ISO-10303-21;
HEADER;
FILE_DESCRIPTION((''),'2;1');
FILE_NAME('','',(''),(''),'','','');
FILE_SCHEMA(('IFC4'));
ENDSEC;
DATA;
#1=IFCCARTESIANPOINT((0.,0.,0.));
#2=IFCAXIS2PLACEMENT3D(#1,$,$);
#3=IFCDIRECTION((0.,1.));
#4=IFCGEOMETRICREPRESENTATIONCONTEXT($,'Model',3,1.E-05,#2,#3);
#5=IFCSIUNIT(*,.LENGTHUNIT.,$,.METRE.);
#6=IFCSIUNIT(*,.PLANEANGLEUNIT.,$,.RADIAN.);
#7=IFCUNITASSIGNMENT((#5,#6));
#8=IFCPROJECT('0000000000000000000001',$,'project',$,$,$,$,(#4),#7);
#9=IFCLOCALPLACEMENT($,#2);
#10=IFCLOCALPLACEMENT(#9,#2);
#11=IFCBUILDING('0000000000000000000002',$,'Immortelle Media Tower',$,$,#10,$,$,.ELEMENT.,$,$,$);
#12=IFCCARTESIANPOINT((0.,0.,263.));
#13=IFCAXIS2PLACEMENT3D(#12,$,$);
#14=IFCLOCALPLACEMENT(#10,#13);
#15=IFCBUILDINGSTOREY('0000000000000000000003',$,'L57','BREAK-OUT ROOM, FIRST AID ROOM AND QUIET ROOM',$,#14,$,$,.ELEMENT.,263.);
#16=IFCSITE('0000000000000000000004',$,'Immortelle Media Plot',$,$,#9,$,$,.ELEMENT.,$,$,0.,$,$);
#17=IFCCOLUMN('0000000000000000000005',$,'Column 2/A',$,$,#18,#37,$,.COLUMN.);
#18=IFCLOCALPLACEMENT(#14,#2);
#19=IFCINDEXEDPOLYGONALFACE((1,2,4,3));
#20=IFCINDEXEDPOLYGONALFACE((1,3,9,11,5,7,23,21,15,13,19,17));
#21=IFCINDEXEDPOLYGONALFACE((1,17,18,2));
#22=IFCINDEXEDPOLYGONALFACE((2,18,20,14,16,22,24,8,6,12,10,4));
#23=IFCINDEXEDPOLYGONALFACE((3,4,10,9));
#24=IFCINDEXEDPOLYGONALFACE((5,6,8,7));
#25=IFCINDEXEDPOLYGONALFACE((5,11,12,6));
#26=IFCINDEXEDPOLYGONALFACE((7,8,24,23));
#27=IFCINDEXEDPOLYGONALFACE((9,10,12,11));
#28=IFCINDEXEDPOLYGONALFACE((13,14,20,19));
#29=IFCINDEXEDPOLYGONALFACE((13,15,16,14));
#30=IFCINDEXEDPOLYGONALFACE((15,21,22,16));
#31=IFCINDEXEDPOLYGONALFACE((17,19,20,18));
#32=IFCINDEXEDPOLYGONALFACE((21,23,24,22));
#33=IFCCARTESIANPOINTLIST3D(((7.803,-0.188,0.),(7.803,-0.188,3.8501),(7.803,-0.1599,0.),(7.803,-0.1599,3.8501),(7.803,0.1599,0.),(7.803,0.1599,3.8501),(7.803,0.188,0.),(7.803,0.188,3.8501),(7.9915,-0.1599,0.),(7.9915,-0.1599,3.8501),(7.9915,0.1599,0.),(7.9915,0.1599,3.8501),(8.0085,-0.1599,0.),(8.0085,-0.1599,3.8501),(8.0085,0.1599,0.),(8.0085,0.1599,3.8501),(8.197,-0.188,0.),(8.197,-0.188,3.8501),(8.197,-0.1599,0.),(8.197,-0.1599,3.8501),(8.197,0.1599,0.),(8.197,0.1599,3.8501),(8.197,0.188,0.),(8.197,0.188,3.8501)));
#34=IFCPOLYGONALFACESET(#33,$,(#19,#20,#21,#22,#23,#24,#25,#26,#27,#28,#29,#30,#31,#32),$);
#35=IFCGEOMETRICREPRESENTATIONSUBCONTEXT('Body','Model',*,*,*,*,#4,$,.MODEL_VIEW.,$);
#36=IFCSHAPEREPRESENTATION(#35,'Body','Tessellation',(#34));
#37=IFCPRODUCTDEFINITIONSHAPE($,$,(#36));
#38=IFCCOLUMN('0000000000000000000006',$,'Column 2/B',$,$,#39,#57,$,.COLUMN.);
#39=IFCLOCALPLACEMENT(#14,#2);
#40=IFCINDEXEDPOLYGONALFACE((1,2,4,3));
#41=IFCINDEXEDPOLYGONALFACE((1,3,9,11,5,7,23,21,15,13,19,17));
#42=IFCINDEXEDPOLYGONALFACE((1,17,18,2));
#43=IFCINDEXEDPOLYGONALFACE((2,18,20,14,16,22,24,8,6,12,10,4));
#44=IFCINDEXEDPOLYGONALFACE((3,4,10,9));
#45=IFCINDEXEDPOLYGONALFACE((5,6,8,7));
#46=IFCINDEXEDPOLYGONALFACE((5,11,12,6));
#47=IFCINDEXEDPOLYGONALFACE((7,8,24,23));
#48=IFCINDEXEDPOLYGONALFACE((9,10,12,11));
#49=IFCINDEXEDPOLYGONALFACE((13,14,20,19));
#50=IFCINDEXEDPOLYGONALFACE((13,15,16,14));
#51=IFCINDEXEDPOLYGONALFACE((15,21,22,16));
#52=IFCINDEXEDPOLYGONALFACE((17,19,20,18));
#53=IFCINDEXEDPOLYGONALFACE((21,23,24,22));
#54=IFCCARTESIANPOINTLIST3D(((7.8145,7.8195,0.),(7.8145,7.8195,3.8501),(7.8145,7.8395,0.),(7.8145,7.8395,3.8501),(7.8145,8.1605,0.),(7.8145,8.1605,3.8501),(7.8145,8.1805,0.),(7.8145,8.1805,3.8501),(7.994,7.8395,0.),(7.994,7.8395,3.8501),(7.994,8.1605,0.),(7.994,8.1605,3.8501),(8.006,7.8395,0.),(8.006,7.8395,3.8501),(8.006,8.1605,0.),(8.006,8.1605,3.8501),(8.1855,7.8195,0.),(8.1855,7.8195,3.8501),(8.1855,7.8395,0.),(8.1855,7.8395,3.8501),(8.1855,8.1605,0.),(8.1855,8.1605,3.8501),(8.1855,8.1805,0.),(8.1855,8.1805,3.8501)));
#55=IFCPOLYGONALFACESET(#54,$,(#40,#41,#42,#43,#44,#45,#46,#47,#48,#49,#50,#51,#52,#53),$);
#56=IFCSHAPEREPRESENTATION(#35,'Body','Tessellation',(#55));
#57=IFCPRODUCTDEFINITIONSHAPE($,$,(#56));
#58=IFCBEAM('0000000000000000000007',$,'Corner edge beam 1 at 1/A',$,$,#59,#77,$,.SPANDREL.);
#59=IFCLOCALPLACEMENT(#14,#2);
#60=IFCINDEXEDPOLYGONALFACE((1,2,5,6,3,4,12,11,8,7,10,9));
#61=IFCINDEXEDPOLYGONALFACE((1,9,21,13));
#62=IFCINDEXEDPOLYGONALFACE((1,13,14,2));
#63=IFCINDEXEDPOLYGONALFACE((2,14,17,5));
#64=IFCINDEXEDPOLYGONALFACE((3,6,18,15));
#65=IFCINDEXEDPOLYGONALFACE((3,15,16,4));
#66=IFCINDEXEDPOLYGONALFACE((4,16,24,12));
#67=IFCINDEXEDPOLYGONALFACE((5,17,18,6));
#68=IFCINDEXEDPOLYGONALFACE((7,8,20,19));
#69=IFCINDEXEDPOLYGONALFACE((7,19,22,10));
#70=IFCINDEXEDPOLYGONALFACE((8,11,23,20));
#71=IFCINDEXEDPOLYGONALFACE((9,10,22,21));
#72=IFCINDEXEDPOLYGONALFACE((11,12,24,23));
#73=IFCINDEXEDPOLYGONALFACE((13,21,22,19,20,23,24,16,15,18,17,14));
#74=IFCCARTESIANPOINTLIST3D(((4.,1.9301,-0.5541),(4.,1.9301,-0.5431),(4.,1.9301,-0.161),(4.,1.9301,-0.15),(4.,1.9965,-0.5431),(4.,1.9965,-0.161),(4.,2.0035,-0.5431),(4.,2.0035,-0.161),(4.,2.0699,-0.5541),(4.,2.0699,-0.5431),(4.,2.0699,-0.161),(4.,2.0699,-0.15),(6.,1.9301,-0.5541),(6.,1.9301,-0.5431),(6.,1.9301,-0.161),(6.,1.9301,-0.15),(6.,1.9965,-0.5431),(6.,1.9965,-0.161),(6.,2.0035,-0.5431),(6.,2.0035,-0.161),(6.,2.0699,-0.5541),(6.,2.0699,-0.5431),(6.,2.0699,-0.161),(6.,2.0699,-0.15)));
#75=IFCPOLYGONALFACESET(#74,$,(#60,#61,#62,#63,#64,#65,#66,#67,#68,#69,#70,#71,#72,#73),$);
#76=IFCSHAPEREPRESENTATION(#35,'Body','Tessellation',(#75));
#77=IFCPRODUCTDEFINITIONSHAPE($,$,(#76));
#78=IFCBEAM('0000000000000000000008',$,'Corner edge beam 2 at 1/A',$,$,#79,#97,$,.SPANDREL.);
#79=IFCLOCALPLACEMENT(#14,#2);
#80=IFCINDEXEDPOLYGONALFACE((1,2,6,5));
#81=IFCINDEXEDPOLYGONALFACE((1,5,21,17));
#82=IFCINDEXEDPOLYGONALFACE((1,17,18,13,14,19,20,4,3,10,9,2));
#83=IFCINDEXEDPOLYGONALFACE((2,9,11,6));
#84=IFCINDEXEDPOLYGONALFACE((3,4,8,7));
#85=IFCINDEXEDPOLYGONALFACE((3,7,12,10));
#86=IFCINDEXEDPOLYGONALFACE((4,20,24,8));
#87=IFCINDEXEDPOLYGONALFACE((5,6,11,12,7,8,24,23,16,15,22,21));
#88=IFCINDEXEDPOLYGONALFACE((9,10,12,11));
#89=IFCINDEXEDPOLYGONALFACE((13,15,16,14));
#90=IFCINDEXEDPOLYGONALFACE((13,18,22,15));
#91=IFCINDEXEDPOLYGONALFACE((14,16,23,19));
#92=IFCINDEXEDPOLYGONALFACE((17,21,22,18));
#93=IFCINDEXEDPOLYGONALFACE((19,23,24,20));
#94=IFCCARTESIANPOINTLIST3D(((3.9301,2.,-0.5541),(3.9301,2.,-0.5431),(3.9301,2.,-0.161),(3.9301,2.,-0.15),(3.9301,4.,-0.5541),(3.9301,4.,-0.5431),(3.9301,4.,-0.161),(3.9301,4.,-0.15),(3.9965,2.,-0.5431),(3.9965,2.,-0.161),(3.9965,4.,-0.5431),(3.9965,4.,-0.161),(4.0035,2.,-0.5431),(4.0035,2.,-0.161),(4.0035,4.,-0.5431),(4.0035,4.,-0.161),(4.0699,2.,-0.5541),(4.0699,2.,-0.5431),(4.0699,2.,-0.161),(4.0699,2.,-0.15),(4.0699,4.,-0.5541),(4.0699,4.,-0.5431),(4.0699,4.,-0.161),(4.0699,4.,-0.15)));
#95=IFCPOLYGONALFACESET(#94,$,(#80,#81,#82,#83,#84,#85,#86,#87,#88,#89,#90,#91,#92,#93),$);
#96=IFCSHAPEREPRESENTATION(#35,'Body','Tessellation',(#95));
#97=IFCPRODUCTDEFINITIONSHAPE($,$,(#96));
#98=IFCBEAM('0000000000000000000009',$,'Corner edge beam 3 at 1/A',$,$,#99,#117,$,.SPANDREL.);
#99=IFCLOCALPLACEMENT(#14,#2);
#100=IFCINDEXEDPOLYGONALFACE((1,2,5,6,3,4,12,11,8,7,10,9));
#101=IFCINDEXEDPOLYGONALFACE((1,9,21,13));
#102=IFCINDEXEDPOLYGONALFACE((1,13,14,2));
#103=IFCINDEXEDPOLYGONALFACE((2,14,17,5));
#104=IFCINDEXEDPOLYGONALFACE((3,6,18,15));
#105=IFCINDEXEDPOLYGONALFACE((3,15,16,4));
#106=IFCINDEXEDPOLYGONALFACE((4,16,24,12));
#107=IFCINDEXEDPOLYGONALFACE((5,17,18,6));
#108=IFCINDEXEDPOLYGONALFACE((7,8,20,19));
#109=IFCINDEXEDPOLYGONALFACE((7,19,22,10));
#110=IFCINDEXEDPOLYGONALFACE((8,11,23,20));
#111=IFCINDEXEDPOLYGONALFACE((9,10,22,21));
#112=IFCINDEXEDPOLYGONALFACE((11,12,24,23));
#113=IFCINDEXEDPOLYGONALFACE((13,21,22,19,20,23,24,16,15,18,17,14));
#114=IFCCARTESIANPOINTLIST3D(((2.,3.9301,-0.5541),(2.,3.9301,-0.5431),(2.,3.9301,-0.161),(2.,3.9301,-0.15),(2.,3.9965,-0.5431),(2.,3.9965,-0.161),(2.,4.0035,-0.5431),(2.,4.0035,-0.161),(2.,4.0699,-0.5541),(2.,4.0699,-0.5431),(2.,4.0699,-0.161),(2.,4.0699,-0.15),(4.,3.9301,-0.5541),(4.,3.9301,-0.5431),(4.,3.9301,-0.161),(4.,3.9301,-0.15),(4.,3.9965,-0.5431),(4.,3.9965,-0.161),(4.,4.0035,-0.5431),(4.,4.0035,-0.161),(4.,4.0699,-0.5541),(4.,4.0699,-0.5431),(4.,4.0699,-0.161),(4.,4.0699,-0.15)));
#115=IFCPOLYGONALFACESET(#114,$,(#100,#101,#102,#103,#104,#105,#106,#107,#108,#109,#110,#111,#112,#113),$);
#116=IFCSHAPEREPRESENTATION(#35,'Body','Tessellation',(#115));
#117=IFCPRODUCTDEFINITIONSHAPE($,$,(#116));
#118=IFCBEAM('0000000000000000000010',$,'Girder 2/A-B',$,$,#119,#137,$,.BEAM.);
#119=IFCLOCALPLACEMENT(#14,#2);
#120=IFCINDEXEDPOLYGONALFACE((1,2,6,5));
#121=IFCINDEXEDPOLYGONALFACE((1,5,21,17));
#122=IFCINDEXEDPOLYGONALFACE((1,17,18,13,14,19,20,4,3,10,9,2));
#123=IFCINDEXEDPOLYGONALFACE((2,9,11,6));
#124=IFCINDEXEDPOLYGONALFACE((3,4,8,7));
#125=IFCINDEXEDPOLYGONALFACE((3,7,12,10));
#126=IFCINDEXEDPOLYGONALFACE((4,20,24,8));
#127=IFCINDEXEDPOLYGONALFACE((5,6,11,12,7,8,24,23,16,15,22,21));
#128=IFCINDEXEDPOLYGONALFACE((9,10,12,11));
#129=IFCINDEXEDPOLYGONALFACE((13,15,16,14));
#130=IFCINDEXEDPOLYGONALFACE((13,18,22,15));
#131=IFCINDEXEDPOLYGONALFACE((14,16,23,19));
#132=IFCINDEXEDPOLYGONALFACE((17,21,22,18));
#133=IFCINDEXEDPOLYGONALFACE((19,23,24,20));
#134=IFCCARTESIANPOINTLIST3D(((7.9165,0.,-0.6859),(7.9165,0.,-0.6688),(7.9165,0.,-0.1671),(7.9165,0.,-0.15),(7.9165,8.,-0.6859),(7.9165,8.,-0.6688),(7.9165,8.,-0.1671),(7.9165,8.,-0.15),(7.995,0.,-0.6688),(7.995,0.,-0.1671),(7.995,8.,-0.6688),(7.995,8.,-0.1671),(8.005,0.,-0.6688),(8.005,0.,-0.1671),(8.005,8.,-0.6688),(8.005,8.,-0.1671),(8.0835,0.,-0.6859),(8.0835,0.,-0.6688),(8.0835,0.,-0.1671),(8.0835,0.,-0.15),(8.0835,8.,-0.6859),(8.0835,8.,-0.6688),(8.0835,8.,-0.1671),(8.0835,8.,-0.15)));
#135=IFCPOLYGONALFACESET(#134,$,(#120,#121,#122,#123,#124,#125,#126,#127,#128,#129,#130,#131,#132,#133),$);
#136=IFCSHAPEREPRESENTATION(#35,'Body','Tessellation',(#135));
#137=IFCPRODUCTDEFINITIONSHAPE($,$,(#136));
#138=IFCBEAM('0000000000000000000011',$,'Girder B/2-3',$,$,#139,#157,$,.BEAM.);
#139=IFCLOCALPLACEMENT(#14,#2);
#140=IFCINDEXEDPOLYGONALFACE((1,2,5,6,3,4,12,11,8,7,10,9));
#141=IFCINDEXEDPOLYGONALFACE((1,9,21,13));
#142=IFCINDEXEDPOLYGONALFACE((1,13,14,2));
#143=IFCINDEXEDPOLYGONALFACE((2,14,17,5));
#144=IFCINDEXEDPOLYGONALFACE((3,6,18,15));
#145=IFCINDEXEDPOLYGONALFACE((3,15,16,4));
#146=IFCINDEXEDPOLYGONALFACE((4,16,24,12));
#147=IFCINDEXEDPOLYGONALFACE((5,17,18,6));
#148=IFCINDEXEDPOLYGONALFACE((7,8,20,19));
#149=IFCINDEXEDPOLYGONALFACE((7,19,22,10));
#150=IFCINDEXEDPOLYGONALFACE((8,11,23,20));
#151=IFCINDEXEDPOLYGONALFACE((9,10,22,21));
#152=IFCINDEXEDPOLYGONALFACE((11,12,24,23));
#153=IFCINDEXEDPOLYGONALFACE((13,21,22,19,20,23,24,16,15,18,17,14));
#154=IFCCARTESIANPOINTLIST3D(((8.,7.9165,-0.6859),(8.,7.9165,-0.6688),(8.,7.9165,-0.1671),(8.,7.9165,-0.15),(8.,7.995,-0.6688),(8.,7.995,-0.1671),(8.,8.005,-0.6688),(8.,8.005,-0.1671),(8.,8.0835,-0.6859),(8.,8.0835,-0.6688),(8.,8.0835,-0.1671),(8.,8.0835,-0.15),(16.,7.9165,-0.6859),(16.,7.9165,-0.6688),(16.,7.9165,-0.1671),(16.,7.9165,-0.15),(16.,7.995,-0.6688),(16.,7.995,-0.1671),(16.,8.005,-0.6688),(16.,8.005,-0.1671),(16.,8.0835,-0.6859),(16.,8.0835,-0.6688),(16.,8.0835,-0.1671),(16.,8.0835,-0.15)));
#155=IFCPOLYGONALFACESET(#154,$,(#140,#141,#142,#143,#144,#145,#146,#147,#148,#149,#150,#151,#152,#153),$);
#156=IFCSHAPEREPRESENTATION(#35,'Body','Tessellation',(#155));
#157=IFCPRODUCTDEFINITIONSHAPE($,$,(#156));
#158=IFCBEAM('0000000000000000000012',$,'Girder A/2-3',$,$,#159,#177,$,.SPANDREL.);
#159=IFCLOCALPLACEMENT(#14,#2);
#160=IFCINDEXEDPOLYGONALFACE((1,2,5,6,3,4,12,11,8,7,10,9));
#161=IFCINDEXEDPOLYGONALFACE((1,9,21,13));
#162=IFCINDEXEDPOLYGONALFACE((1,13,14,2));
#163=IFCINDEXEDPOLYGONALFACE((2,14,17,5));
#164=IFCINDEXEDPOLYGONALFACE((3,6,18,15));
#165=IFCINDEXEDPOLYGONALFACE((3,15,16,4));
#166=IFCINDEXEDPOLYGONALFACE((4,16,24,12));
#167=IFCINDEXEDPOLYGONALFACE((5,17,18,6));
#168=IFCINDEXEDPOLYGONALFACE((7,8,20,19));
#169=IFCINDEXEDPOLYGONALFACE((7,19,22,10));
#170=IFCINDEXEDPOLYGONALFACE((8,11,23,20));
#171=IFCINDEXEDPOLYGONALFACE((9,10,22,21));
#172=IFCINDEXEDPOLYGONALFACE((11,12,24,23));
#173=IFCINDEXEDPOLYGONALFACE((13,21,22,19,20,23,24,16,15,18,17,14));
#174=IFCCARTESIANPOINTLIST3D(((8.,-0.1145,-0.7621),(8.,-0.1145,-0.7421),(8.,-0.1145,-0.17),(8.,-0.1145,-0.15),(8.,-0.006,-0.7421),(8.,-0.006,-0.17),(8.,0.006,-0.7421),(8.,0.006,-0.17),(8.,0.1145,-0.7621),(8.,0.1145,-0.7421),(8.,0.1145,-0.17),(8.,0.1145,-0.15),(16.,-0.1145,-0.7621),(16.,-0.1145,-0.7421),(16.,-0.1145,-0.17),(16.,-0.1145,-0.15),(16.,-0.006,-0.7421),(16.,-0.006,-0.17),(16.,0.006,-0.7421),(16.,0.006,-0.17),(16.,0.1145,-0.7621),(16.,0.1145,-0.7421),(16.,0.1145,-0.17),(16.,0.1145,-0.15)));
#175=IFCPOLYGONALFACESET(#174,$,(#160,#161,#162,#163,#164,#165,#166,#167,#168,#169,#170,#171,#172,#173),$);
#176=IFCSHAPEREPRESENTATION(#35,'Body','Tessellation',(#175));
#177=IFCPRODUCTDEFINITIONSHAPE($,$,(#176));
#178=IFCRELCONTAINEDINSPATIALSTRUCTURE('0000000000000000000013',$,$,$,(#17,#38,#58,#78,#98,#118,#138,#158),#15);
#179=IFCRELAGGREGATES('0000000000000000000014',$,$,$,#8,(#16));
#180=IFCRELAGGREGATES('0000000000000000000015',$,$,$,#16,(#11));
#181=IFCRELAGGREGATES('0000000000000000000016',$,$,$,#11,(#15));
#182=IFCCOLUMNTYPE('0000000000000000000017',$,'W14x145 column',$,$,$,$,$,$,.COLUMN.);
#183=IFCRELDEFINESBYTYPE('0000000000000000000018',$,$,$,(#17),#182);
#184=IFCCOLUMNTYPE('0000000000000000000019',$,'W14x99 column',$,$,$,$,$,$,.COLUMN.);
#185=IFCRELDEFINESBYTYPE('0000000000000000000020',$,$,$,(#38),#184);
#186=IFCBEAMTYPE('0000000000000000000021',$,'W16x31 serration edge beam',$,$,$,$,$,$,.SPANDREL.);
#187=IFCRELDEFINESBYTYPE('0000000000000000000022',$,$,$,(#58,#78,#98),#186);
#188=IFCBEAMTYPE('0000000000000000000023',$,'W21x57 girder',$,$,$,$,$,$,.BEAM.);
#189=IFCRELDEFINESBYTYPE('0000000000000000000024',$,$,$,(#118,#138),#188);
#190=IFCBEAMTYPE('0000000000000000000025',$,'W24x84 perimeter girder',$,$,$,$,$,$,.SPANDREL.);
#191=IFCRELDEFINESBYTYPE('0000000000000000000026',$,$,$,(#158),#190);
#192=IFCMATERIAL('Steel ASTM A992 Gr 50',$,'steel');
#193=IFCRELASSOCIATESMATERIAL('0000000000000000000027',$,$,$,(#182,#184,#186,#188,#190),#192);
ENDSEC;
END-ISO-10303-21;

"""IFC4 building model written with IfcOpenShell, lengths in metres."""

from ifc_helpers import new_model, si_unit, direction, frame, origin, origin_2d, place, context, subcontext, project, spatial, i_section, extrude, material, material_profile, profile_set, type_object, element, save


model = new_model("IFC4")

# Units and contexts
model_context = context("Model", 3, precision=1e-05, world=origin(), true_north=direction((0.0, 1.0)))
body_context = subcontext(model_context, "Body", "Model", "MODEL_VIEW")
ifc_project = project(units=[si_unit("LENGTHUNIT", "METRE"), si_unit("PLANEANGLEUNIT", "RADIAN")], contexts=[model_context])

# Site, building, storey
site_placement = place(None, origin())
site = spatial("IfcSite", under=ifc_project, at=site_placement, Name="Immortelle Media Plot", CompositionType="ELEMENT", RefElevation=0.0)
building_placement = place(site_placement, origin())
building = spatial("IfcBuilding", under=site, at=building_placement, Name="Immortelle Media Tower", CompositionType="ELEMENT")
storey_placement = place(building_placement, frame((0.0, 0.0, 263.0)))
storey = spatial("IfcBuildingStorey", under=building, at=storey_placement, Name="L57", Description="BREAK-OUT ROOM, FIRST AID ROOM AND QUIET ROOM", CompositionType="ELEMENT", Elevation=263.0)

# Columns
ifc_material_1 = material(Name="Steel ASTM A992 Gr 50", Category="steel")
ifc_material_profile_1 = material_profile(ifc_material_1, i_section(OverallWidth=0.394, OverallDepth=0.376, WebThickness=0.0171, FlangeThickness=0.0281, at=origin_2d()), Name="W14x145")
ifc_profile_set_1 = profile_set([ifc_material_profile_1], Name="Steel ASTM A992 Gr 50")
column_type_1 = type_object("IfcColumnType", Name="W14x145 column", PredefinedType="COLUMN", material=ifc_profile_set_1)
column_1_placement = place(storey_placement, frame((8.0, 0.0, 0.0), z_axis=(0.0, 0.0, 1.0), x_axis=(1.0, 0.0, 0.0)))
element("IfcColumn", 1, at=column_1_placement, inside=storey, type_object=column_type_1, Name="Column 2/A", PredefinedType="COLUMN", context=body_context, shape_type="SweptSolid", body=[
    extrude(i_section(OverallWidth=0.394, OverallDepth=0.376, WebThickness=0.0171, FlangeThickness=0.0281, at=origin_2d()), origin(), (0.0, 0.0, 1.0), 3.8501),
])
ifc_material_profile_2 = material_profile(ifc_material_1, i_section(OverallWidth=0.3711, OverallDepth=0.3611, WebThickness=0.012, FlangeThickness=0.02, at=origin_2d()), Name="W14x99")
ifc_profile_set_2 = profile_set([ifc_material_profile_2], Name="Steel ASTM A992 Gr 50")
column_type_2 = type_object("IfcColumnType", Name="W14x99 column", PredefinedType="COLUMN", material=ifc_profile_set_2)
column_2_placement = place(storey_placement, frame((8.0, 8.0, 0.0), z_axis=(0.0, 0.0, 1.0), x_axis=(1.0, 0.0, 0.0)))
element("IfcColumn", 2, at=column_2_placement, inside=storey, type_object=column_type_2, Name="Column 2/B", PredefinedType="COLUMN", context=body_context, shape_type="SweptSolid", body=[
    extrude(i_section(OverallWidth=0.3711, OverallDepth=0.3611, WebThickness=0.012, FlangeThickness=0.02, at=origin_2d()), origin(), (0.0, 0.0, 1.0), 3.8501),
])

# Beams
ifc_material_profile_3 = material_profile(ifc_material_1, i_section(OverallWidth=0.1399, OverallDepth=0.4041, WebThickness=0.0071, FlangeThickness=0.011, at=origin_2d()), Name="W16x31")
ifc_profile_set_3 = profile_set([ifc_material_profile_3], Name="Steel ASTM A992 Gr 50")
beam_type_1 = type_object("IfcBeamType", Name="W16x31 serration edge beam", PredefinedType="SPANDREL", material=ifc_profile_set_3)
for number, where, z_axis, x_axis, name in (
    (3, (6.0, 2.0, -0.3521), (-1.0, 0.0, 0.0), (0.0, -1.0, 0.0), "Corner edge beam 1 at 1/A"),
    (4, (4.0, 2.0, -0.3521), (0.0, 1.0, 0.0), (-1.0, 0.0, 0.0), "Corner edge beam 2 at 1/A"),
    (5, (4.0, 4.0, -0.3521), (-1.0, 0.0, 0.0), (0.0, -1.0, 0.0), "Corner edge beam 3 at 1/A"),
):
    element("IfcBeam", number, at=place(storey_placement, frame(where, z_axis=z_axis, x_axis=x_axis)), inside=storey, type_object=beam_type_1, Name=name, PredefinedType="SPANDREL", context=body_context, shape_type="SweptSolid", body=[
        extrude(i_section(OverallWidth=0.1399, OverallDepth=0.4041, WebThickness=0.0071, FlangeThickness=0.011, at=origin_2d()), origin(), (0.0, 0.0, 1.0), 2.0),
    ])
ifc_material_profile_4 = material_profile(ifc_material_1, i_section(OverallWidth=0.167, OverallDepth=0.5359, WebThickness=0.01, FlangeThickness=0.0171, at=origin_2d()), Name="W21x57")
ifc_profile_set_4 = profile_set([ifc_material_profile_4], Name="Steel ASTM A992 Gr 50")
beam_type_2 = type_object("IfcBeamType", Name="W21x57 girder", PredefinedType="BEAM", material=ifc_profile_set_4)
for number, where, z_axis, x_axis, name in (
    (6, (8.0, 0.0, -0.418), (0.0, 1.0, 0.0), (-1.0, 0.0, 0.0), "Girder 2/A-B"),
    (7, (8.0, 8.0, -0.418), (1.0, 0.0, 0.0), (0.0, 1.0, 0.0), "Girder B/2-3"),
):
    element("IfcBeam", number, at=place(storey_placement, frame(where, z_axis=z_axis, x_axis=x_axis)), inside=storey, type_object=beam_type_2, Name=name, PredefinedType="BEAM", context=body_context, shape_type="SweptSolid", body=[
        extrude(i_section(OverallWidth=0.167, OverallDepth=0.5359, WebThickness=0.01, FlangeThickness=0.0171, at=origin_2d()), origin(), (0.0, 0.0, 1.0), 8.0),
    ])
ifc_material_profile_5 = material_profile(ifc_material_1, i_section(OverallWidth=0.229, OverallDepth=0.6121, WebThickness=0.012, FlangeThickness=0.02, at=origin_2d()), Name="W24x84")
ifc_profile_set_5 = profile_set([ifc_material_profile_5], Name="Steel ASTM A992 Gr 50")
beam_type_3 = type_object("IfcBeamType", Name="W24x84 perimeter girder", PredefinedType="SPANDREL", material=ifc_profile_set_5)
beam_1_placement = place(storey_placement, frame((8.0, 0.0, -0.4561), z_axis=(1.0, 0.0, 0.0), x_axis=(0.0, 1.0, 0.0)))
element("IfcBeam", 8, at=beam_1_placement, inside=storey, type_object=beam_type_3, Name="Girder A/2-3", PredefinedType="SPANDREL", context=body_context, shape_type="SweptSolid", body=[
    extrude(i_section(OverallWidth=0.229, OverallDepth=0.6121, WebThickness=0.012, FlangeThickness=0.02, at=origin_2d()), origin(), (0.0, 0.0, 1.0), 8.0),
])

save(model, "model.ifc")
